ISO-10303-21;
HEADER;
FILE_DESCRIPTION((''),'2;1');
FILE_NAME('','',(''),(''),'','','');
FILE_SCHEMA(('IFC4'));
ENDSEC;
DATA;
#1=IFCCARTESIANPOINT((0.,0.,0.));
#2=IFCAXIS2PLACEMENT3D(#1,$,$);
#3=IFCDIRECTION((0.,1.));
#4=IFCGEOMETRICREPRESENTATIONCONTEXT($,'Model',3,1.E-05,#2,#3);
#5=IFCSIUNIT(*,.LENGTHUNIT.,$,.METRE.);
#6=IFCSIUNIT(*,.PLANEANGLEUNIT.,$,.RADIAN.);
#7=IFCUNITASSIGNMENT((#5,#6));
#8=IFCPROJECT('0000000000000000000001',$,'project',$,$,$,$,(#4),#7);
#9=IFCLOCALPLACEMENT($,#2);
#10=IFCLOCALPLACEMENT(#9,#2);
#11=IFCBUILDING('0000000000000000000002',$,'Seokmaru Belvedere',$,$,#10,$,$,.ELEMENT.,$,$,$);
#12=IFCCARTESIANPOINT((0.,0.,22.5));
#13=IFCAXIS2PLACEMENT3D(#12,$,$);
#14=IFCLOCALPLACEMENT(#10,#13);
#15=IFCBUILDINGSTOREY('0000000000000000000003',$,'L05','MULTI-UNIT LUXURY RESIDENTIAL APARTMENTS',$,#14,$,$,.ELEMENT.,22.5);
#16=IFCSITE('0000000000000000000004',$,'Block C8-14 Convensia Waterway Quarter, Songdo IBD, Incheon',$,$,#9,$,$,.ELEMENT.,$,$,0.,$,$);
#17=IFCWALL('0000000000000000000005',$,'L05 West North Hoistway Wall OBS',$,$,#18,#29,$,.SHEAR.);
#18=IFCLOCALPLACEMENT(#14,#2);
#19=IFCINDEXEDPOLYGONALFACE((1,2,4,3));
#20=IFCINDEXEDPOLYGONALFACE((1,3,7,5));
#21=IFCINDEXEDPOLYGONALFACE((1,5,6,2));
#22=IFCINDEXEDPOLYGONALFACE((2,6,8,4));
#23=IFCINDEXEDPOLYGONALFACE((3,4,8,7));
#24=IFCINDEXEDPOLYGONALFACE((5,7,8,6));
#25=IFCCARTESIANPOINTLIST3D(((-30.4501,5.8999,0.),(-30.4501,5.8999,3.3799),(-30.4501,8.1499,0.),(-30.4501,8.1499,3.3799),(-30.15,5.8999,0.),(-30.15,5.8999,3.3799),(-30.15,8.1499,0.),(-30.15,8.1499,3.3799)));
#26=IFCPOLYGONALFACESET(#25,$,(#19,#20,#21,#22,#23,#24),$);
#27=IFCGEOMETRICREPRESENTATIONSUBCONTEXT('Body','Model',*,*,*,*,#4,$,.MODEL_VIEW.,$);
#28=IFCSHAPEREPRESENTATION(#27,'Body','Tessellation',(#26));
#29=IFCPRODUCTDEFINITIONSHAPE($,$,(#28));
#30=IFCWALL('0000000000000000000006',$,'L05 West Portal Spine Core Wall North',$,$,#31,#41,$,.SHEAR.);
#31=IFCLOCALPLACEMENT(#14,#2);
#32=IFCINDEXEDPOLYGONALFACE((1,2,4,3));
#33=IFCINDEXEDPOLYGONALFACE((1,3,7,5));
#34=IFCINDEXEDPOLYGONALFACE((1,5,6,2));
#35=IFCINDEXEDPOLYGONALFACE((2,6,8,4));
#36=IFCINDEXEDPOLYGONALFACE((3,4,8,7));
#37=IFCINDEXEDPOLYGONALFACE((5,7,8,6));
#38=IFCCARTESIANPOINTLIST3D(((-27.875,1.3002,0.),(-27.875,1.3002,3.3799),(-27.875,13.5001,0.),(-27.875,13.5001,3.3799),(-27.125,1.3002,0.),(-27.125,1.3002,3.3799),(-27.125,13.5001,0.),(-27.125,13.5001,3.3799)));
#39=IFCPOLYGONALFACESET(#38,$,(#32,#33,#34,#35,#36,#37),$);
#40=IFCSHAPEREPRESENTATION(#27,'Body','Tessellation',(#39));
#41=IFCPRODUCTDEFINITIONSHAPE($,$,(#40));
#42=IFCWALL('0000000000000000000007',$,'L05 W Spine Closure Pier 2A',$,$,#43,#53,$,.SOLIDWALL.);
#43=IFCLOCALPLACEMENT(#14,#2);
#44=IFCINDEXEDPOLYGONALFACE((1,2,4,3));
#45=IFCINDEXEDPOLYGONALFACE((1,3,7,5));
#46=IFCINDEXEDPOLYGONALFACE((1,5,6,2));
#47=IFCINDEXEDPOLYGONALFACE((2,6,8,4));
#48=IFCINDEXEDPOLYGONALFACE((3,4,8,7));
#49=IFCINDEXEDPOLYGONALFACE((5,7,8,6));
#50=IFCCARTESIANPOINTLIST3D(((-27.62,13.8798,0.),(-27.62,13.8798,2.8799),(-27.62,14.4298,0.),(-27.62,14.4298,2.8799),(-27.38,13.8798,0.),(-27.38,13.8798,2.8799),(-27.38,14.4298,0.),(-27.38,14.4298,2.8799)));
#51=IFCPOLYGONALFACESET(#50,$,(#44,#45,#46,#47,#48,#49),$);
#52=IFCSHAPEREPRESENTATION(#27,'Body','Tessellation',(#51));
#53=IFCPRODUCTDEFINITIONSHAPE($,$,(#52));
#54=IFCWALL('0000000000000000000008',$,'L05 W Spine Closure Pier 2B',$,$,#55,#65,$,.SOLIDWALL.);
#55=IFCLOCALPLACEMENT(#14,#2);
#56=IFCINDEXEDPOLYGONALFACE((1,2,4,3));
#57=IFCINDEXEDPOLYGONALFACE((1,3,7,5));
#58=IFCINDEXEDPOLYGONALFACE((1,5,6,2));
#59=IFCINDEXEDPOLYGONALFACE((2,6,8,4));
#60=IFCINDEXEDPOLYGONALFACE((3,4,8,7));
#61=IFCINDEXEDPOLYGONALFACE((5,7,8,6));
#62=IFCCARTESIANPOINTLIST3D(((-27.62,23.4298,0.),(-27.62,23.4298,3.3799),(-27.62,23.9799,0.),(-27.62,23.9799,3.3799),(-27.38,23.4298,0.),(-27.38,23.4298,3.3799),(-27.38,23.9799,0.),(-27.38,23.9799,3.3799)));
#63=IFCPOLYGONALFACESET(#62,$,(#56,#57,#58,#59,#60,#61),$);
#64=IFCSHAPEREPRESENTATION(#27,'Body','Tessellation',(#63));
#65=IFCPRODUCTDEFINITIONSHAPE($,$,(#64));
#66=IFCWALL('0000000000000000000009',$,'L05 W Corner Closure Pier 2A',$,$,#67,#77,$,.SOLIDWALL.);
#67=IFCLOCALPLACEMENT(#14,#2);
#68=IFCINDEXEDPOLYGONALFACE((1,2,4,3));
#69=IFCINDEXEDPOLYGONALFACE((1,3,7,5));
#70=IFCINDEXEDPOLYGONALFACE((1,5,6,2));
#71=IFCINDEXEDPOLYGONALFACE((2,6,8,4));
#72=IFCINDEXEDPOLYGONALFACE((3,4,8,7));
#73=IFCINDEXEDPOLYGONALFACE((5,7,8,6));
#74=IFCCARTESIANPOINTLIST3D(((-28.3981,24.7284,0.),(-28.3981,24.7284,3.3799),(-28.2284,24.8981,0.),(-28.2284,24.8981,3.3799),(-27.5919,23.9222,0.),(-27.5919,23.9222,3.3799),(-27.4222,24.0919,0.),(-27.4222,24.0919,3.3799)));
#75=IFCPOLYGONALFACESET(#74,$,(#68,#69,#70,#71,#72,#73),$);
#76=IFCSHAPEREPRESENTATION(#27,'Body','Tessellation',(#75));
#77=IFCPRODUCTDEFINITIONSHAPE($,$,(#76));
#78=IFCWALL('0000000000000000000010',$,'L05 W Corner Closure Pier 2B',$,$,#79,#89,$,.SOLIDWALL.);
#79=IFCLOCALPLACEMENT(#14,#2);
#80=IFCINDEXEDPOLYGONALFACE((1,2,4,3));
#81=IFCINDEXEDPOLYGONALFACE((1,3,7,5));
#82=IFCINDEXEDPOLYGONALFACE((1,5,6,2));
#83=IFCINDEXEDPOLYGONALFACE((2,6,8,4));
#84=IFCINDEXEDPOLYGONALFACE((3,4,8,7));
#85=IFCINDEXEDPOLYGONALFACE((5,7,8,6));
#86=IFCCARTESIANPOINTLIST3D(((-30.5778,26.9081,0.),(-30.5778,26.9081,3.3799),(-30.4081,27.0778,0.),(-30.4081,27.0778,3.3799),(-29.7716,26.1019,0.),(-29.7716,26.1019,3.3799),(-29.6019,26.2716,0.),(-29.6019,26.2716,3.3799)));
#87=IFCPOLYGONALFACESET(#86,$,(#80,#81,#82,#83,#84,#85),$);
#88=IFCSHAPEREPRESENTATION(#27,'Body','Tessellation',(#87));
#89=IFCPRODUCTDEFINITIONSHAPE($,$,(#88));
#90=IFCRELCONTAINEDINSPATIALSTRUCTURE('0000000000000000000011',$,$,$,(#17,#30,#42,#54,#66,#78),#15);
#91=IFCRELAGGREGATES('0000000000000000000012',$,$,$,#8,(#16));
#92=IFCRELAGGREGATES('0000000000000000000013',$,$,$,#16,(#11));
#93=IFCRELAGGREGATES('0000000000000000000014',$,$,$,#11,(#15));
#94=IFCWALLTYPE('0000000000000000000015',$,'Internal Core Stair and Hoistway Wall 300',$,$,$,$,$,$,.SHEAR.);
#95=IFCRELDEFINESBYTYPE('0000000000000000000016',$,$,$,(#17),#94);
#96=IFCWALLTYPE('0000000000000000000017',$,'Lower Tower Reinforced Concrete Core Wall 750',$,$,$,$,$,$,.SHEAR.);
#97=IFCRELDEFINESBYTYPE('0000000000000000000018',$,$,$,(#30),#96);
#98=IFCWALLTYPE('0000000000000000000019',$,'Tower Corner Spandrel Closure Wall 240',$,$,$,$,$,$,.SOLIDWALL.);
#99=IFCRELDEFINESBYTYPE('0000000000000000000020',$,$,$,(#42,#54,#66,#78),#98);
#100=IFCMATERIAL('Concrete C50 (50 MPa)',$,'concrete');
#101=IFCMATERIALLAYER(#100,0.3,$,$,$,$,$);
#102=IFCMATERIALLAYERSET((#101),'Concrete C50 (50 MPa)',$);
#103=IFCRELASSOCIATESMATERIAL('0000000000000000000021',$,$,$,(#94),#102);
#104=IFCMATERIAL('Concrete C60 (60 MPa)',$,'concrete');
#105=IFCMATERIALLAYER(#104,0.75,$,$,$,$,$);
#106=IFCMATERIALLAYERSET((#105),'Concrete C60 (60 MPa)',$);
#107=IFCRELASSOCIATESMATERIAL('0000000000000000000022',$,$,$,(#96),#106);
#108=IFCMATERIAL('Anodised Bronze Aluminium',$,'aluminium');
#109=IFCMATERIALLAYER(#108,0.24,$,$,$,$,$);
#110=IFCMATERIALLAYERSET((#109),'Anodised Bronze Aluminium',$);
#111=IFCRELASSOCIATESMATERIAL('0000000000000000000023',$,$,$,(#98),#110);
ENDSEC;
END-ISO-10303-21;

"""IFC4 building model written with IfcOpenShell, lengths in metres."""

from ifc_helpers import new_model, si_unit, direction, frame, frame_2d, origin, place, context, subcontext, project, spatial, rectangle, extrude, material, layer, layer_set, type_object, element, save


model = new_model("IFC4")

# Units and contexts
model_context = context("Model", 3, precision=1e-05, world=origin(), true_north=direction((0.0, 1.0)))
body_context = subcontext(model_context, "Body", "Model", "MODEL_VIEW")
ifc_project = project(units=[si_unit("LENGTHUNIT", "METRE"), si_unit("PLANEANGLEUNIT", "RADIAN")], contexts=[model_context])

# Site, building, storey
site_placement = place(None, origin())
site = spatial("IfcSite", under=ifc_project, at=site_placement, Name="Block C8-14 Convensia Waterway Quarter, Songdo IBD, Incheon", CompositionType="ELEMENT", RefElevation=0.0)
building_placement = place(site_placement, origin())
building = spatial("IfcBuilding", under=site, at=building_placement, Name="Seokmaru Belvedere", CompositionType="ELEMENT")
storey_placement = place(building_placement, frame((0.0, 0.0, 22.5)))
storey = spatial("IfcBuildingStorey", under=building, at=storey_placement, Name="L05", Description="MULTI-UNIT LUXURY RESIDENTIAL APARTMENTS", CompositionType="ELEMENT", Elevation=22.5)

# Shared definitions
ifc_material_1 = material(Name="Anodised Bronze Aluminium", Category="aluminium")

# Wall
ifc_material_2 = material(Name="Concrete C50 (50 MPa)", Category="concrete")
ifc_layer_1 = layer(ifc_material_2, 0.3)
ifc_layer_set_1 = layer_set([ifc_layer_1], Name="Concrete C50 (50 MPa)")
wall_type_1 = type_object("IfcWallType", Name="Internal Core Stair and Hoistway Wall 300", PredefinedType="SHEAR", material=ifc_layer_set_1)
wall_1_placement = place(storey_placement, frame((-30.3, 5.8999, 0.0), z_axis=(0.0, 0.0, 1.0), x_axis=(0.0, 1.0, 0.0)))
element("IfcWall", 1, at=wall_1_placement, inside=storey, type_object=wall_type_1, Name="L05 West North Hoistway Wall OBS", PredefinedType="SHEAR", context=body_context, shape_type="SweptSolid", body=[
    extrude(rectangle(XDim=2.25, YDim=0.3, at=frame_2d((1.125, 0.0))), origin(), (0.0, 0.0, 1.0), 3.3799),
])

# Walls
ifc_material_3 = material(Name="Concrete C60 (60 MPa)", Category="concrete")
ifc_layer_2 = layer(ifc_material_3, 0.75)
ifc_layer_set_2 = layer_set([ifc_layer_2], Name="Concrete C60 (60 MPa)")
wall_type_2 = type_object("IfcWallType", Name="Lower Tower Reinforced Concrete Core Wall 750", PredefinedType="SHEAR", material=ifc_layer_set_2)
wall_2_placement = place(storey_placement, frame((-27.5, 1.3, 0.0), z_axis=(0.0, 0.0, 1.0), x_axis=(0.0, 1.0, 0.0)))
element("IfcWall", 2, at=wall_2_placement, inside=storey, type_object=wall_type_2, Name="L05 West Portal Spine Core Wall North", PredefinedType="SHEAR", context=body_context, shape_type="SweptSolid", body=[
    extrude(rectangle(XDim=12.2, YDim=0.75, at=frame_2d((6.1001, 0.0))), origin(), (0.0, 0.0, 1.0), 3.3799),
])
ifc_layer_3 = layer(ifc_material_1, 0.24)
ifc_layer_set_3 = layer_set([ifc_layer_3], Name="Anodised Bronze Aluminium")
wall_type_3 = type_object("IfcWallType", Name="Tower Corner Spandrel Closure Wall 240", PredefinedType="SOLIDWALL", material=ifc_layer_set_3)
wall_3_placement = place(storey_placement, frame((-27.5, 13.8799, 0.0), z_axis=(0.0, 0.0, 1.0), x_axis=(0.0, 1.0, 0.0)))
element("IfcWall", 3, at=wall_3_placement, inside=storey, type_object=wall_type_3, Name="L05 W Spine Closure Pier 2A", PredefinedType="SOLIDWALL", context=body_context, shape_type="SweptSolid", body=[
    extrude(rectangle(XDim=0.55, YDim=0.24, at=frame_2d((0.2749, 0.0))), origin(), (0.0, 0.0, 1.0), 2.8799),
])
wall_4_placement = place(storey_placement, frame((-27.5, 23.4299, 0.0), z_axis=(0.0, 0.0, 1.0), x_axis=(0.0, 1.0, 0.0)))
element("IfcWall", 4, at=wall_4_placement, inside=storey, type_object=wall_type_3, Name="L05 W Spine Closure Pier 2B", PredefinedType="SOLIDWALL", context=body_context, shape_type="SweptSolid", body=[
    extrude(rectangle(XDim=0.55, YDim=0.24, at=frame_2d((0.2749, 0.0))), origin(), (0.0, 0.0, 1.0), 3.3799),
])
for number, where, z_axis, x_axis, name in (
    (5, (-27.5071, 24.0071, 0.0), (0.0, 0.0, 1.0), (-0.707107, 0.707107, 0.0), "L05 W Corner Closure Pier 2A"),
    (6, (-29.6868, 26.1868, 0.0), (0.0, 0.0, 1.0), (-0.707107, 0.707107, 0.0), "L05 W Corner Closure Pier 2B"),
):
    element("IfcWall", number, at=place(storey_placement, frame(where, z_axis=z_axis, x_axis=x_axis)), inside=storey, type_object=wall_type_3, Name=name, PredefinedType="SOLIDWALL", context=body_context, shape_type="SweptSolid", body=[
        extrude(rectangle(XDim=1.1401, YDim=0.24, at=frame_2d((0.5701, 0.0))), origin(), (0.0, 0.0, 1.0), 3.3799),
    ])

save(model, "model.ifc")
